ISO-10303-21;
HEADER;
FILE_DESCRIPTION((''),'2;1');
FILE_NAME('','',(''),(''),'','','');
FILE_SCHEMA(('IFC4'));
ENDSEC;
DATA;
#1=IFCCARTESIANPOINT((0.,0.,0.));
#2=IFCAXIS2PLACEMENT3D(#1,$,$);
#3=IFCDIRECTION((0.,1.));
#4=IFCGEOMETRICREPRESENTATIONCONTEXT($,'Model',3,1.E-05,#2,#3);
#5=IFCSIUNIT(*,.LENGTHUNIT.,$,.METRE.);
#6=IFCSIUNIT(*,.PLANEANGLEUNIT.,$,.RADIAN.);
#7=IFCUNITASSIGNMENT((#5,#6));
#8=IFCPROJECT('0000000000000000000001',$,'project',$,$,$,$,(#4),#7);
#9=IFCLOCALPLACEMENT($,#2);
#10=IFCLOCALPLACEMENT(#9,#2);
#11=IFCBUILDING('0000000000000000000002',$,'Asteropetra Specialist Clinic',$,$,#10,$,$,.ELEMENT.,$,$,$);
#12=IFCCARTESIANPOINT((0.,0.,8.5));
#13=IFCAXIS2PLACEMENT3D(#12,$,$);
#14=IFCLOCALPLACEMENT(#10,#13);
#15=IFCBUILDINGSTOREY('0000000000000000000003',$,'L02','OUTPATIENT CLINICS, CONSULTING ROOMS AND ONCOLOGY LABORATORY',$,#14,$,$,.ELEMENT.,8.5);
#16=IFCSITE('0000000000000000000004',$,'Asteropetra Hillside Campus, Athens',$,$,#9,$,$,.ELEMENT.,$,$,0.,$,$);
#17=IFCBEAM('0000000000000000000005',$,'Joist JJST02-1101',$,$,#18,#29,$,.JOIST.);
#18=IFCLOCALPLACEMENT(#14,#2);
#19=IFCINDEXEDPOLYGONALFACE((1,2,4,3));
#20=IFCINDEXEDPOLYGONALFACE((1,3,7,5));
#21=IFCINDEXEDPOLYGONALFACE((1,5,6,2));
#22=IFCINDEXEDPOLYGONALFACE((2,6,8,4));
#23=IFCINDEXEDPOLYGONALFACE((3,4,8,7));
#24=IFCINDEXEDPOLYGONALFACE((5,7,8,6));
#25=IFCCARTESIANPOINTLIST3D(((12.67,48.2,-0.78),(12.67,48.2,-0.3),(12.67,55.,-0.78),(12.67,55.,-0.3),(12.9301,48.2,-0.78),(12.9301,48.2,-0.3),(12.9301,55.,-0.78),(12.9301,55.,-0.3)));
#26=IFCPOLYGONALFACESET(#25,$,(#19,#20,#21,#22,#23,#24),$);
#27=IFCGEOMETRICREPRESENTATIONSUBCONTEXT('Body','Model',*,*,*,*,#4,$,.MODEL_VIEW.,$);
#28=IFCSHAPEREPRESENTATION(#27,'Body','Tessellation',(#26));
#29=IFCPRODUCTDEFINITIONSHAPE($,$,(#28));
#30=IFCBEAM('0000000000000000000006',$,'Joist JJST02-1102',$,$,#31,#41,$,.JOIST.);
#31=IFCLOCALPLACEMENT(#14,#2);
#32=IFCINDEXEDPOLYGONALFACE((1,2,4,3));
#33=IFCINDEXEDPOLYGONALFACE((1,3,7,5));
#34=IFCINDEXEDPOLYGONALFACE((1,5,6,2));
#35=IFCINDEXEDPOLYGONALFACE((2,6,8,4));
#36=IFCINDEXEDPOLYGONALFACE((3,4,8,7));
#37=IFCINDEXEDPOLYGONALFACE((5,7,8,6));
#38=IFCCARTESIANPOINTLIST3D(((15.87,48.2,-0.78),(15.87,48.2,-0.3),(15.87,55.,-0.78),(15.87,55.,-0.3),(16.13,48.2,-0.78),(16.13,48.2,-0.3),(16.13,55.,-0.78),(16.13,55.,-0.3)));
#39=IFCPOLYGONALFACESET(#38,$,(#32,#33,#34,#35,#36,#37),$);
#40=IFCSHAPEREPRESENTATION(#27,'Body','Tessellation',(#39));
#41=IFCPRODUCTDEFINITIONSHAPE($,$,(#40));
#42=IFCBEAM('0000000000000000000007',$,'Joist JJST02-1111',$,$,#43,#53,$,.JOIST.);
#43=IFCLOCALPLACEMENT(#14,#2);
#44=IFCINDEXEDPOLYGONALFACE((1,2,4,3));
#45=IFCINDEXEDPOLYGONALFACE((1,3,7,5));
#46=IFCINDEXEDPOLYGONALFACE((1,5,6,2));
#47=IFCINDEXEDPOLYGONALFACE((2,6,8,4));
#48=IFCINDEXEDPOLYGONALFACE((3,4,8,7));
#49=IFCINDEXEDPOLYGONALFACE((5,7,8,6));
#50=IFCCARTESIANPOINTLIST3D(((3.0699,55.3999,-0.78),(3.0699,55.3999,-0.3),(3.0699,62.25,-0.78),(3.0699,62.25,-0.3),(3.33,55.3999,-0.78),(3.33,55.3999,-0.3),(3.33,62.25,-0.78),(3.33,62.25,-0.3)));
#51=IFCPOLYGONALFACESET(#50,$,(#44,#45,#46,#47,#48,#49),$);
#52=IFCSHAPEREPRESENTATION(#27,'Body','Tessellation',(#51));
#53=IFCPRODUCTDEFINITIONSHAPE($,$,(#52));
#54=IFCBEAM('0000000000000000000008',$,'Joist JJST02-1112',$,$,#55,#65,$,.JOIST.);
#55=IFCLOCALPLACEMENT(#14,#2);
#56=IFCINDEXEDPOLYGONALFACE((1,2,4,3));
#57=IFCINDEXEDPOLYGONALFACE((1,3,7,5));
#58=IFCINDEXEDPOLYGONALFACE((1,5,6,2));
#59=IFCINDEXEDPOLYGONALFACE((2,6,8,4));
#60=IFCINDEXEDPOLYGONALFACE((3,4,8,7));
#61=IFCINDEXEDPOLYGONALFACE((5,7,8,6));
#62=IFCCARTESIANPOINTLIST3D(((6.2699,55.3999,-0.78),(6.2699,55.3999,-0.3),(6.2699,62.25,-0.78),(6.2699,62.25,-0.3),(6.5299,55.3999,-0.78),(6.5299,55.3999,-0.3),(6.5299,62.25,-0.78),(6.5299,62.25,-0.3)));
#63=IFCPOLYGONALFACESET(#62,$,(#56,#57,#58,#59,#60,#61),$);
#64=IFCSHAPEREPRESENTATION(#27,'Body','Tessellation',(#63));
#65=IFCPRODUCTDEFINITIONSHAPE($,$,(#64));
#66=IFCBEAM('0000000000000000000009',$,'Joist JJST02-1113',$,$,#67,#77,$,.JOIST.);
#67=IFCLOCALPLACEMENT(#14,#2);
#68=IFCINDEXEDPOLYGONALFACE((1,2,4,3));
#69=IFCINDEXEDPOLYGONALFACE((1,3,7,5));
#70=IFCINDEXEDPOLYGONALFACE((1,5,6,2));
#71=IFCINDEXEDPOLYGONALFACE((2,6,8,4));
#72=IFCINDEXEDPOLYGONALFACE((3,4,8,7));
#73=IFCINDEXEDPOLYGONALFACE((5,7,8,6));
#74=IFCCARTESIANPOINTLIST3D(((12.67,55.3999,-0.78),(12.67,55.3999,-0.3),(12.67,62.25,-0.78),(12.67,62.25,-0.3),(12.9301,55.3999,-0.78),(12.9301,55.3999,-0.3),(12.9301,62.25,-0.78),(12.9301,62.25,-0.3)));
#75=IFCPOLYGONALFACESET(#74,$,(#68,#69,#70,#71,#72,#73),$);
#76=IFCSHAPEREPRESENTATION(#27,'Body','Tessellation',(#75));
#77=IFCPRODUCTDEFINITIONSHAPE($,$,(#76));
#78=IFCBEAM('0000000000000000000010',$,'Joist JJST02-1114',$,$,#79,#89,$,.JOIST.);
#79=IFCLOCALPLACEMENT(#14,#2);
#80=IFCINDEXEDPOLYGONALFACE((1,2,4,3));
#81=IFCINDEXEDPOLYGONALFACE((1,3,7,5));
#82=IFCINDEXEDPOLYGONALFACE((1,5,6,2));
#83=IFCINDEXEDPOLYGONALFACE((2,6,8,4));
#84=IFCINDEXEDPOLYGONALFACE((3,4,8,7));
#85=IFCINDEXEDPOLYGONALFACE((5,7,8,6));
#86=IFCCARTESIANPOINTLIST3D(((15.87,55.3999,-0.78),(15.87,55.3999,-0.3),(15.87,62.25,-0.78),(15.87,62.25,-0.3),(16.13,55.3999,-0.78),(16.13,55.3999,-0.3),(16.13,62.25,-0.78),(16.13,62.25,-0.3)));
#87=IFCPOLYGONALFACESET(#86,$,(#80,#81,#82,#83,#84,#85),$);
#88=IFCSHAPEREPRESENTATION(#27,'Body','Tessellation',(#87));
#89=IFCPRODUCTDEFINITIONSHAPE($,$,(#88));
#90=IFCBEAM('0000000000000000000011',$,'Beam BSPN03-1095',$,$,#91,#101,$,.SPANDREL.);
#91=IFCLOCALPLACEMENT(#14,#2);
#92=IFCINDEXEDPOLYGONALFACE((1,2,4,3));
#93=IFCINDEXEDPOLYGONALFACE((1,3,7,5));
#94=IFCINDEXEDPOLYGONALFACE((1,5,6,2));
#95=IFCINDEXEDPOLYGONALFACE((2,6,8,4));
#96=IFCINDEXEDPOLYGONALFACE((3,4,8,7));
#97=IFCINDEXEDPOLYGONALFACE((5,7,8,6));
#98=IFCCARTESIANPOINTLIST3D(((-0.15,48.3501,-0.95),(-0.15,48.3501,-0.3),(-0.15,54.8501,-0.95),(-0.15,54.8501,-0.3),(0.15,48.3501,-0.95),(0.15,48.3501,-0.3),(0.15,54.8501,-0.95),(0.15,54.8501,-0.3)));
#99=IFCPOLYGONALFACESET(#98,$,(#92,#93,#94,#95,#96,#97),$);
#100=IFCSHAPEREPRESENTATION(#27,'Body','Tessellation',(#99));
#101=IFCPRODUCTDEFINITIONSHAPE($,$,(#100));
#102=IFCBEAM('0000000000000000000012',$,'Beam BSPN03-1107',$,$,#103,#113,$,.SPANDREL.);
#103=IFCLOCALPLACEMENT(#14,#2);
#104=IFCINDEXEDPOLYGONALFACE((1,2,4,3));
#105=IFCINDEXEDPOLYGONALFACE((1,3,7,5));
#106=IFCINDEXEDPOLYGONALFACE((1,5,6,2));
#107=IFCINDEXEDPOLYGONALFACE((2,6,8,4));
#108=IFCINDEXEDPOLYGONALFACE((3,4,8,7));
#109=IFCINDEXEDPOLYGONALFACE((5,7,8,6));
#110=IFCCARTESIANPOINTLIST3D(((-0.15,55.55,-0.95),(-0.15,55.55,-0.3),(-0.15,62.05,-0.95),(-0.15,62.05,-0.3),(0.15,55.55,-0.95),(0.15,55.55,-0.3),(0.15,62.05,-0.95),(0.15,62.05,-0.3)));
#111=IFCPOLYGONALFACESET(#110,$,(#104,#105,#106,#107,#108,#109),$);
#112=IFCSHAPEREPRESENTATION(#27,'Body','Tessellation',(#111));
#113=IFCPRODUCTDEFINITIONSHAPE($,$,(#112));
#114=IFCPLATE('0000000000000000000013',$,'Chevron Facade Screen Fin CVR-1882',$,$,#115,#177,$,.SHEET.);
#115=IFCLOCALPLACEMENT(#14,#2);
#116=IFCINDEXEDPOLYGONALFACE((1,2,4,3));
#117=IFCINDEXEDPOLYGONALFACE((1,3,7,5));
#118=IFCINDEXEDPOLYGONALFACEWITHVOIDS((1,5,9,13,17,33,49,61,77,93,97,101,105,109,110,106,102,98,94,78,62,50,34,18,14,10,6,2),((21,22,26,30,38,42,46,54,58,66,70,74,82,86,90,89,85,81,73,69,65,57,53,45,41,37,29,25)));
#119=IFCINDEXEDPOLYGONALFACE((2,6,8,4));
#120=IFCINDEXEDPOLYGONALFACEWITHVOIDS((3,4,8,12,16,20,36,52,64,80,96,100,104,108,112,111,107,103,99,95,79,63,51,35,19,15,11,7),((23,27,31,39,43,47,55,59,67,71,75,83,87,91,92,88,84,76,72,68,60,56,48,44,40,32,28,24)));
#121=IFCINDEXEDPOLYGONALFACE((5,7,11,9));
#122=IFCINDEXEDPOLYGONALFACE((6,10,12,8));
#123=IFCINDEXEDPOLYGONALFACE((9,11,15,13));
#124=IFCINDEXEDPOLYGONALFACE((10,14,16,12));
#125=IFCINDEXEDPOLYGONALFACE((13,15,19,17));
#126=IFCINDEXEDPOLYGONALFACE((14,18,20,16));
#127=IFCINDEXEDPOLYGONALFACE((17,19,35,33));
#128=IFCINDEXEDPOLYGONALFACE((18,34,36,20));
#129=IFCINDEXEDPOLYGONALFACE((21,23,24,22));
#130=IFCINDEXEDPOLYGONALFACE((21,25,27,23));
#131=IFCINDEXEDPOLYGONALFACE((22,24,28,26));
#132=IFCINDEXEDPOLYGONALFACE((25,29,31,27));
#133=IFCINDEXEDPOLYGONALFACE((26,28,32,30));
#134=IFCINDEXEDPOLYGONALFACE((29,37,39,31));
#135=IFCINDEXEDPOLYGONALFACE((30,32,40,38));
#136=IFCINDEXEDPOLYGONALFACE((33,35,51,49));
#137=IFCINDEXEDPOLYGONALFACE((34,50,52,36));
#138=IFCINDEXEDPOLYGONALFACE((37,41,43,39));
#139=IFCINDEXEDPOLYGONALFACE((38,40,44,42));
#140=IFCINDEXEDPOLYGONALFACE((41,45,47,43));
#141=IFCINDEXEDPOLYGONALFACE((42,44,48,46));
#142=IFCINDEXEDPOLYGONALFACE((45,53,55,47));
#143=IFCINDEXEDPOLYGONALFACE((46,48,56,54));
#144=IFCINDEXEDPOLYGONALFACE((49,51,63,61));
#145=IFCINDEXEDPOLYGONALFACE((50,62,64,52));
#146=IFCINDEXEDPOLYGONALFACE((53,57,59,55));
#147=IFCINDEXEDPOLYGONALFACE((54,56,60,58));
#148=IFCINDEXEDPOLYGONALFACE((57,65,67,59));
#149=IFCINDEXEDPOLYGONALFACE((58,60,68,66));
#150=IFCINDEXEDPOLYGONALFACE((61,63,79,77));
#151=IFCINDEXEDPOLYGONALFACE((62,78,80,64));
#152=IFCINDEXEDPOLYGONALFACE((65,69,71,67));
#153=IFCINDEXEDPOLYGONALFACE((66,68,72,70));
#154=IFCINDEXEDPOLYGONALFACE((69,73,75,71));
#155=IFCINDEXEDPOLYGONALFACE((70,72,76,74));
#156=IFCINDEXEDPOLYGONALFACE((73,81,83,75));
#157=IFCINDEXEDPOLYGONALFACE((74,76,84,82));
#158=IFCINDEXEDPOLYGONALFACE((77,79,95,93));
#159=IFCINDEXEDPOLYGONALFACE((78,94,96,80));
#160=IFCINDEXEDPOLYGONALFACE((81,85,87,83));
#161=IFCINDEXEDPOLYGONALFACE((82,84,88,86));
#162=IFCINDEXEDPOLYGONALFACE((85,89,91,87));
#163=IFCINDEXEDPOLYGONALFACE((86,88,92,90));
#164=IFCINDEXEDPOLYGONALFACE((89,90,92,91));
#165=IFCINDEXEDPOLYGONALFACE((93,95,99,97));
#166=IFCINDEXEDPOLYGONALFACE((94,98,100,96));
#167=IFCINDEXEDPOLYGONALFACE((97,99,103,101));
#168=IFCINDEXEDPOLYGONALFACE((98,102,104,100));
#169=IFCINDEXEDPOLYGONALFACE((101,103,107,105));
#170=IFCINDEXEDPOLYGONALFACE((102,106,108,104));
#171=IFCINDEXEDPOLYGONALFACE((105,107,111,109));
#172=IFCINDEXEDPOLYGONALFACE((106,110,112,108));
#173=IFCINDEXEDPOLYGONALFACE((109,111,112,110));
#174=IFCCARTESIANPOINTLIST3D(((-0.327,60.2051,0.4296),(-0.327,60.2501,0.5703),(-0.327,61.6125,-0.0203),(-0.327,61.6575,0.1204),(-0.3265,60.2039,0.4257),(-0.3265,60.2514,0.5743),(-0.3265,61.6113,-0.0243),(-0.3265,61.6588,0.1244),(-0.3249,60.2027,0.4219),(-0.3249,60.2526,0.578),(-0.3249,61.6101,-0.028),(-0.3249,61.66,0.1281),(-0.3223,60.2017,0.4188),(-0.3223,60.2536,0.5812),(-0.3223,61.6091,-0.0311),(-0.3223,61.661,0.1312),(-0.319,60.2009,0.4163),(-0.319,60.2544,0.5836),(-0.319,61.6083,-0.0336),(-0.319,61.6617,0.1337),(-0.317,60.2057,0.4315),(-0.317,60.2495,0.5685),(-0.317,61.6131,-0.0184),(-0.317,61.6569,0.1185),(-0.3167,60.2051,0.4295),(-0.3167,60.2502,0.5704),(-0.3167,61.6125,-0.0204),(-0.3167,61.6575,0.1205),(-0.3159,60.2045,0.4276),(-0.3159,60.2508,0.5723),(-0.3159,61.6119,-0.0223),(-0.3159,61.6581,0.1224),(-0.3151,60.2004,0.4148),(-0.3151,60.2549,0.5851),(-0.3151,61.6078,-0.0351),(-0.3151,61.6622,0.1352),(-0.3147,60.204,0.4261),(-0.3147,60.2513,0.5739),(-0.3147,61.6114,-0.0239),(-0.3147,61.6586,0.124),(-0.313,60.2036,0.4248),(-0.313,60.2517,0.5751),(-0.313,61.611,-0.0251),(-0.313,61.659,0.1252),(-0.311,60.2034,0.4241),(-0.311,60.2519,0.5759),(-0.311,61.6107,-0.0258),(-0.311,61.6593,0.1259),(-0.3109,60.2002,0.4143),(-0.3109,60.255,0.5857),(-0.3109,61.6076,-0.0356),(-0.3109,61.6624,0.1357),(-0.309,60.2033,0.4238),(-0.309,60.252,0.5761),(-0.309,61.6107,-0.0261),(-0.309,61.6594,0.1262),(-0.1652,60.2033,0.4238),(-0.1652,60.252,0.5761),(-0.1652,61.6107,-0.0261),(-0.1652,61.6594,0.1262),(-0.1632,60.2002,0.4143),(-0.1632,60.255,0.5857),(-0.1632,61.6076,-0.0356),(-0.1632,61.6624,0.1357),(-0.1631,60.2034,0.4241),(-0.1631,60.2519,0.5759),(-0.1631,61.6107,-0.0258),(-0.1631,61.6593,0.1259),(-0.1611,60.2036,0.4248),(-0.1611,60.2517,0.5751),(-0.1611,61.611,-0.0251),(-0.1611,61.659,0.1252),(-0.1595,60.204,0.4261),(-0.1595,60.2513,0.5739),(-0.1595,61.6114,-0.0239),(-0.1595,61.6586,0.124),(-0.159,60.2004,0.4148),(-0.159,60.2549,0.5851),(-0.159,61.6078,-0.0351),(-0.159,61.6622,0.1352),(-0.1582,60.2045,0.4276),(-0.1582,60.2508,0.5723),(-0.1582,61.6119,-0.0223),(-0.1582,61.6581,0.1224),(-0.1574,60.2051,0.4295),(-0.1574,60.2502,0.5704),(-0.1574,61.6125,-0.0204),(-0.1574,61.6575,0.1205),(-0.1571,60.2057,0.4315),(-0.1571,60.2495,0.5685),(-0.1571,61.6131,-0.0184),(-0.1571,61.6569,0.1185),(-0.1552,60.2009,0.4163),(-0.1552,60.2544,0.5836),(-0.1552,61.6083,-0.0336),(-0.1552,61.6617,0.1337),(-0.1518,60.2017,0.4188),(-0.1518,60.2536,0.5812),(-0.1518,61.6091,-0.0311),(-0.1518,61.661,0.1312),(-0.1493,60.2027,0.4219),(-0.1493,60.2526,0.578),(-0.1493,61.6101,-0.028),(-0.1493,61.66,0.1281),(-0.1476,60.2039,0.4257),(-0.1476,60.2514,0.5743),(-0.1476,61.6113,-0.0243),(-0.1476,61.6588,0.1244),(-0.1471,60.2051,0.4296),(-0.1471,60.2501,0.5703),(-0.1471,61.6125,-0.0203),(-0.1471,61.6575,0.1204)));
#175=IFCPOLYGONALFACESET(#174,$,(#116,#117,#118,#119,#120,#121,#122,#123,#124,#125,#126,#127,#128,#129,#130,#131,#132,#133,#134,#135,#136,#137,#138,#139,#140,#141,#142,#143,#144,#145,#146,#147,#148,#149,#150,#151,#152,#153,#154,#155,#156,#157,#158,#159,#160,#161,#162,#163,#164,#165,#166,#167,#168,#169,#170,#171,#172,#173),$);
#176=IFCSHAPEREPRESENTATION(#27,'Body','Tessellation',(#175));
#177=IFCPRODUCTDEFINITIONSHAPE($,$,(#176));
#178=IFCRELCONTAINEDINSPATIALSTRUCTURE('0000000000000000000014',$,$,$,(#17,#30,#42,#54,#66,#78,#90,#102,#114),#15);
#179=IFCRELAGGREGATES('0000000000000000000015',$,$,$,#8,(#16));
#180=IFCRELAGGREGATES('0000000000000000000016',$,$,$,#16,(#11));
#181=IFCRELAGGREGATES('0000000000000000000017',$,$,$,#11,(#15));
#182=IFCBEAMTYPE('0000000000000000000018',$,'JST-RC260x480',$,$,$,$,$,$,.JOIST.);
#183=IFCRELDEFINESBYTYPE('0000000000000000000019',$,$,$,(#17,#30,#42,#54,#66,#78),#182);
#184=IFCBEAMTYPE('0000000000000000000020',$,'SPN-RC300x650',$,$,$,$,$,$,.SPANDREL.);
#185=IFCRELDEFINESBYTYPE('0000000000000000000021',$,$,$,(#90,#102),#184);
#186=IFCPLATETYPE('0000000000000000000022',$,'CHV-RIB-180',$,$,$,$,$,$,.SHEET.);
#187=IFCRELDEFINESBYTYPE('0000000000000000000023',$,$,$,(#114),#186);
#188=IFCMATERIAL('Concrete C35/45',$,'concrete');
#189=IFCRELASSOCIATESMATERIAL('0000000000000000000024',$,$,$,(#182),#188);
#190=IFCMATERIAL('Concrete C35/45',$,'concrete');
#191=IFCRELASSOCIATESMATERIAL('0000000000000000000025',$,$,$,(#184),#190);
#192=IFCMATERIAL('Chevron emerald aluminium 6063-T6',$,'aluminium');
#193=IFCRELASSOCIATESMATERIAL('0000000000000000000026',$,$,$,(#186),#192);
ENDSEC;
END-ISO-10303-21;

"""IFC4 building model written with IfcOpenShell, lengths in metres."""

from ifc_helpers import new_model, si_unit, direction, frame, origin, origin_2d, place, context, subcontext, project, spatial, rectangle, hollow_rectangle, extrude, material, material_profile, profile_set, type_object, element, save


model = new_model("IFC4")

# Units and contexts
model_context = context("Model", 3, precision=1e-05, world=origin(), true_north=direction((0.0, 1.0)))
body_context = subcontext(model_context, "Body", "Model", "MODEL_VIEW")
ifc_project = project(units=[si_unit("LENGTHUNIT", "METRE"), si_unit("PLANEANGLEUNIT", "RADIAN")], contexts=[model_context])

# Site, building, storey
site_placement = place(None, origin())
site = spatial("IfcSite", under=ifc_project, at=site_placement, Name="Asteropetra Hillside Campus, Athens", CompositionType="ELEMENT", RefElevation=0.0)
building_placement = place(site_placement, origin())
building = spatial("IfcBuilding", under=site, at=building_placement, Name="Asteropetra Specialist Clinic", CompositionType="ELEMENT")
storey_placement = place(building_placement, frame((0.0, 0.0, 8.5)))
storey = spatial("IfcBuildingStorey", under=building, at=storey_placement, Name="L02", Description="OUTPATIENT CLINICS, CONSULTING ROOMS AND ONCOLOGY LABORATORY", CompositionType="ELEMENT", Elevation=8.5)

# Beams
ifc_material_1 = material(Name="Concrete C35/45", Category="concrete")
ifc_material_profile_1 = material_profile(ifc_material_1, rectangle(XDim=0.26, YDim=0.48, at=origin_2d()), Name="RCJ 260x480")
ifc_profile_set_1 = profile_set([ifc_material_profile_1], Name="Concrete C35/45")
beam_type_1 = type_object("IfcBeamType", Name="JST-RC260x480", PredefinedType="JOIST", material=ifc_profile_set_1)
for number, where, z_axis, x_axis, name in (
    (1, (12.8, 48.2, -0.54), (0.0, 1.0, 0.0), (-1.0, 0.0, 0.0), "Joist JJST02-1101"),
    (2, (16.0, 48.2, -0.54), (0.0, 1.0, 0.0), (-1.0, 0.0, 0.0), "Joist JJST02-1102"),
):
    element("IfcBeam", number, at=place(storey_placement, frame(where, z_axis=z_axis, x_axis=x_axis)), inside=storey, type_object=beam_type_1, Name=name, PredefinedType="JOIST", context=body_context, shape_type="SweptSolid", body=[
        extrude(rectangle(XDim=0.26, YDim=0.48, at=origin_2d()), origin(), (0.0, 0.0, 1.0), 6.8),
    ])
for number, where, z_axis, x_axis, name in (
    (3, (3.2, 55.3999, -0.54), (0.0, 1.0, 0.0), (-1.0, 0.0, 0.0), "Joist JJST02-1111"),
    (4, (6.3999, 55.3999, -0.54), (0.0, 1.0, 0.0), (-1.0, 0.0, 0.0), "Joist JJST02-1112"),
    (5, (12.8, 55.3999, -0.54), (0.0, 1.0, 0.0), (-1.0, 0.0, 0.0), "Joist JJST02-1113"),
    (6, (16.0, 55.3999, -0.54), (0.0, 1.0, 0.0), (-1.0, 0.0, 0.0), "Joist JJST02-1114"),
):
    element("IfcBeam", number, at=place(storey_placement, frame(where, z_axis=z_axis, x_axis=x_axis)), inside=storey, type_object=beam_type_1, Name=name, PredefinedType="JOIST", context=body_context, shape_type="SweptSolid", body=[
        extrude(rectangle(XDim=0.26, YDim=0.48, at=origin_2d()), origin(), (0.0, 0.0, 1.0), 6.8501),
    ])
ifc_material_2 = material(Name="Concrete C35/45", Category="concrete")
ifc_material_profile_2 = material_profile(ifc_material_2, rectangle(XDim=0.3, YDim=0.6499, at=origin_2d()), Name="RCS 300x650")
ifc_profile_set_2 = profile_set([ifc_material_profile_2], Name="Concrete C35/45")
beam_type_2 = type_object("IfcBeamType", Name="SPN-RC300x650", PredefinedType="SPANDREL", material=ifc_profile_set_2)
for number, where, z_axis, x_axis, name in (
    (7, (0.0, 48.3501, -0.625), (0.0, 1.0, 0.0), (-1.0, 0.0, 0.0), "Beam BSPN03-1095"),
    (8, (0.0, 55.55, -0.625), (0.0, 1.0, 0.0), (-1.0, 0.0, 0.0), "Beam BSPN03-1107"),
):
    element("IfcBeam", number, at=place(storey_placement, frame(where, z_axis=z_axis, x_axis=x_axis)), inside=storey, type_object=beam_type_2, Name=name, PredefinedType="SPANDREL", context=body_context, shape_type="SweptSolid", body=[
        extrude(rectangle(XDim=0.3, YDim=0.6499, at=origin_2d()), origin(), (0.0, 0.0, 1.0), 6.5),
    ])

# Plate
ifc_material_3 = material(Name="Chevron emerald aluminium 6063-T6", Category="aluminium")
ifc_material_profile_3 = material_profile(ifc_material_3, hollow_rectangle(XDim=0.1799, YDim=0.1799, WallThickness=0.01, InnerFilletRadius=0.0081, OuterFilletRadius=0.0161, at=origin_2d()), Name="SHS 180x180x10.0")
ifc_profile_set_3 = profile_set([ifc_material_profile_3], Name="Chevron emerald aluminium 6063-T6")
plate_type = type_object("IfcPlateType", Name="CHV-RIB-180", PredefinedType="SHEET", material=ifc_profile_set_3)
for number, where, z_axis, x_axis, name in (
    (9, (-0.2371, 61.635, 0.05), (0.0, -0.95251, 0.304506), (1.0, 0.0, 0.0), "Chevron Facade Screen Fin CVR-1882"),
):
    element("IfcPlate", number, at=place(storey_placement, frame(where, z_axis=z_axis, x_axis=x_axis)), inside=storey, type_object=plate_type, Name=name, PredefinedType="SHEET", context=body_context, shape_type="SweptSolid", body=[
        extrude(hollow_rectangle(XDim=0.1799, YDim=0.1799, WallThickness=0.01, InnerFilletRadius=0.0081, OuterFilletRadius=0.0161, at=origin_2d()), origin(), (0.0, 0.0, 1.0), 1.4775),
    ])

save(model, "model.ifc")
